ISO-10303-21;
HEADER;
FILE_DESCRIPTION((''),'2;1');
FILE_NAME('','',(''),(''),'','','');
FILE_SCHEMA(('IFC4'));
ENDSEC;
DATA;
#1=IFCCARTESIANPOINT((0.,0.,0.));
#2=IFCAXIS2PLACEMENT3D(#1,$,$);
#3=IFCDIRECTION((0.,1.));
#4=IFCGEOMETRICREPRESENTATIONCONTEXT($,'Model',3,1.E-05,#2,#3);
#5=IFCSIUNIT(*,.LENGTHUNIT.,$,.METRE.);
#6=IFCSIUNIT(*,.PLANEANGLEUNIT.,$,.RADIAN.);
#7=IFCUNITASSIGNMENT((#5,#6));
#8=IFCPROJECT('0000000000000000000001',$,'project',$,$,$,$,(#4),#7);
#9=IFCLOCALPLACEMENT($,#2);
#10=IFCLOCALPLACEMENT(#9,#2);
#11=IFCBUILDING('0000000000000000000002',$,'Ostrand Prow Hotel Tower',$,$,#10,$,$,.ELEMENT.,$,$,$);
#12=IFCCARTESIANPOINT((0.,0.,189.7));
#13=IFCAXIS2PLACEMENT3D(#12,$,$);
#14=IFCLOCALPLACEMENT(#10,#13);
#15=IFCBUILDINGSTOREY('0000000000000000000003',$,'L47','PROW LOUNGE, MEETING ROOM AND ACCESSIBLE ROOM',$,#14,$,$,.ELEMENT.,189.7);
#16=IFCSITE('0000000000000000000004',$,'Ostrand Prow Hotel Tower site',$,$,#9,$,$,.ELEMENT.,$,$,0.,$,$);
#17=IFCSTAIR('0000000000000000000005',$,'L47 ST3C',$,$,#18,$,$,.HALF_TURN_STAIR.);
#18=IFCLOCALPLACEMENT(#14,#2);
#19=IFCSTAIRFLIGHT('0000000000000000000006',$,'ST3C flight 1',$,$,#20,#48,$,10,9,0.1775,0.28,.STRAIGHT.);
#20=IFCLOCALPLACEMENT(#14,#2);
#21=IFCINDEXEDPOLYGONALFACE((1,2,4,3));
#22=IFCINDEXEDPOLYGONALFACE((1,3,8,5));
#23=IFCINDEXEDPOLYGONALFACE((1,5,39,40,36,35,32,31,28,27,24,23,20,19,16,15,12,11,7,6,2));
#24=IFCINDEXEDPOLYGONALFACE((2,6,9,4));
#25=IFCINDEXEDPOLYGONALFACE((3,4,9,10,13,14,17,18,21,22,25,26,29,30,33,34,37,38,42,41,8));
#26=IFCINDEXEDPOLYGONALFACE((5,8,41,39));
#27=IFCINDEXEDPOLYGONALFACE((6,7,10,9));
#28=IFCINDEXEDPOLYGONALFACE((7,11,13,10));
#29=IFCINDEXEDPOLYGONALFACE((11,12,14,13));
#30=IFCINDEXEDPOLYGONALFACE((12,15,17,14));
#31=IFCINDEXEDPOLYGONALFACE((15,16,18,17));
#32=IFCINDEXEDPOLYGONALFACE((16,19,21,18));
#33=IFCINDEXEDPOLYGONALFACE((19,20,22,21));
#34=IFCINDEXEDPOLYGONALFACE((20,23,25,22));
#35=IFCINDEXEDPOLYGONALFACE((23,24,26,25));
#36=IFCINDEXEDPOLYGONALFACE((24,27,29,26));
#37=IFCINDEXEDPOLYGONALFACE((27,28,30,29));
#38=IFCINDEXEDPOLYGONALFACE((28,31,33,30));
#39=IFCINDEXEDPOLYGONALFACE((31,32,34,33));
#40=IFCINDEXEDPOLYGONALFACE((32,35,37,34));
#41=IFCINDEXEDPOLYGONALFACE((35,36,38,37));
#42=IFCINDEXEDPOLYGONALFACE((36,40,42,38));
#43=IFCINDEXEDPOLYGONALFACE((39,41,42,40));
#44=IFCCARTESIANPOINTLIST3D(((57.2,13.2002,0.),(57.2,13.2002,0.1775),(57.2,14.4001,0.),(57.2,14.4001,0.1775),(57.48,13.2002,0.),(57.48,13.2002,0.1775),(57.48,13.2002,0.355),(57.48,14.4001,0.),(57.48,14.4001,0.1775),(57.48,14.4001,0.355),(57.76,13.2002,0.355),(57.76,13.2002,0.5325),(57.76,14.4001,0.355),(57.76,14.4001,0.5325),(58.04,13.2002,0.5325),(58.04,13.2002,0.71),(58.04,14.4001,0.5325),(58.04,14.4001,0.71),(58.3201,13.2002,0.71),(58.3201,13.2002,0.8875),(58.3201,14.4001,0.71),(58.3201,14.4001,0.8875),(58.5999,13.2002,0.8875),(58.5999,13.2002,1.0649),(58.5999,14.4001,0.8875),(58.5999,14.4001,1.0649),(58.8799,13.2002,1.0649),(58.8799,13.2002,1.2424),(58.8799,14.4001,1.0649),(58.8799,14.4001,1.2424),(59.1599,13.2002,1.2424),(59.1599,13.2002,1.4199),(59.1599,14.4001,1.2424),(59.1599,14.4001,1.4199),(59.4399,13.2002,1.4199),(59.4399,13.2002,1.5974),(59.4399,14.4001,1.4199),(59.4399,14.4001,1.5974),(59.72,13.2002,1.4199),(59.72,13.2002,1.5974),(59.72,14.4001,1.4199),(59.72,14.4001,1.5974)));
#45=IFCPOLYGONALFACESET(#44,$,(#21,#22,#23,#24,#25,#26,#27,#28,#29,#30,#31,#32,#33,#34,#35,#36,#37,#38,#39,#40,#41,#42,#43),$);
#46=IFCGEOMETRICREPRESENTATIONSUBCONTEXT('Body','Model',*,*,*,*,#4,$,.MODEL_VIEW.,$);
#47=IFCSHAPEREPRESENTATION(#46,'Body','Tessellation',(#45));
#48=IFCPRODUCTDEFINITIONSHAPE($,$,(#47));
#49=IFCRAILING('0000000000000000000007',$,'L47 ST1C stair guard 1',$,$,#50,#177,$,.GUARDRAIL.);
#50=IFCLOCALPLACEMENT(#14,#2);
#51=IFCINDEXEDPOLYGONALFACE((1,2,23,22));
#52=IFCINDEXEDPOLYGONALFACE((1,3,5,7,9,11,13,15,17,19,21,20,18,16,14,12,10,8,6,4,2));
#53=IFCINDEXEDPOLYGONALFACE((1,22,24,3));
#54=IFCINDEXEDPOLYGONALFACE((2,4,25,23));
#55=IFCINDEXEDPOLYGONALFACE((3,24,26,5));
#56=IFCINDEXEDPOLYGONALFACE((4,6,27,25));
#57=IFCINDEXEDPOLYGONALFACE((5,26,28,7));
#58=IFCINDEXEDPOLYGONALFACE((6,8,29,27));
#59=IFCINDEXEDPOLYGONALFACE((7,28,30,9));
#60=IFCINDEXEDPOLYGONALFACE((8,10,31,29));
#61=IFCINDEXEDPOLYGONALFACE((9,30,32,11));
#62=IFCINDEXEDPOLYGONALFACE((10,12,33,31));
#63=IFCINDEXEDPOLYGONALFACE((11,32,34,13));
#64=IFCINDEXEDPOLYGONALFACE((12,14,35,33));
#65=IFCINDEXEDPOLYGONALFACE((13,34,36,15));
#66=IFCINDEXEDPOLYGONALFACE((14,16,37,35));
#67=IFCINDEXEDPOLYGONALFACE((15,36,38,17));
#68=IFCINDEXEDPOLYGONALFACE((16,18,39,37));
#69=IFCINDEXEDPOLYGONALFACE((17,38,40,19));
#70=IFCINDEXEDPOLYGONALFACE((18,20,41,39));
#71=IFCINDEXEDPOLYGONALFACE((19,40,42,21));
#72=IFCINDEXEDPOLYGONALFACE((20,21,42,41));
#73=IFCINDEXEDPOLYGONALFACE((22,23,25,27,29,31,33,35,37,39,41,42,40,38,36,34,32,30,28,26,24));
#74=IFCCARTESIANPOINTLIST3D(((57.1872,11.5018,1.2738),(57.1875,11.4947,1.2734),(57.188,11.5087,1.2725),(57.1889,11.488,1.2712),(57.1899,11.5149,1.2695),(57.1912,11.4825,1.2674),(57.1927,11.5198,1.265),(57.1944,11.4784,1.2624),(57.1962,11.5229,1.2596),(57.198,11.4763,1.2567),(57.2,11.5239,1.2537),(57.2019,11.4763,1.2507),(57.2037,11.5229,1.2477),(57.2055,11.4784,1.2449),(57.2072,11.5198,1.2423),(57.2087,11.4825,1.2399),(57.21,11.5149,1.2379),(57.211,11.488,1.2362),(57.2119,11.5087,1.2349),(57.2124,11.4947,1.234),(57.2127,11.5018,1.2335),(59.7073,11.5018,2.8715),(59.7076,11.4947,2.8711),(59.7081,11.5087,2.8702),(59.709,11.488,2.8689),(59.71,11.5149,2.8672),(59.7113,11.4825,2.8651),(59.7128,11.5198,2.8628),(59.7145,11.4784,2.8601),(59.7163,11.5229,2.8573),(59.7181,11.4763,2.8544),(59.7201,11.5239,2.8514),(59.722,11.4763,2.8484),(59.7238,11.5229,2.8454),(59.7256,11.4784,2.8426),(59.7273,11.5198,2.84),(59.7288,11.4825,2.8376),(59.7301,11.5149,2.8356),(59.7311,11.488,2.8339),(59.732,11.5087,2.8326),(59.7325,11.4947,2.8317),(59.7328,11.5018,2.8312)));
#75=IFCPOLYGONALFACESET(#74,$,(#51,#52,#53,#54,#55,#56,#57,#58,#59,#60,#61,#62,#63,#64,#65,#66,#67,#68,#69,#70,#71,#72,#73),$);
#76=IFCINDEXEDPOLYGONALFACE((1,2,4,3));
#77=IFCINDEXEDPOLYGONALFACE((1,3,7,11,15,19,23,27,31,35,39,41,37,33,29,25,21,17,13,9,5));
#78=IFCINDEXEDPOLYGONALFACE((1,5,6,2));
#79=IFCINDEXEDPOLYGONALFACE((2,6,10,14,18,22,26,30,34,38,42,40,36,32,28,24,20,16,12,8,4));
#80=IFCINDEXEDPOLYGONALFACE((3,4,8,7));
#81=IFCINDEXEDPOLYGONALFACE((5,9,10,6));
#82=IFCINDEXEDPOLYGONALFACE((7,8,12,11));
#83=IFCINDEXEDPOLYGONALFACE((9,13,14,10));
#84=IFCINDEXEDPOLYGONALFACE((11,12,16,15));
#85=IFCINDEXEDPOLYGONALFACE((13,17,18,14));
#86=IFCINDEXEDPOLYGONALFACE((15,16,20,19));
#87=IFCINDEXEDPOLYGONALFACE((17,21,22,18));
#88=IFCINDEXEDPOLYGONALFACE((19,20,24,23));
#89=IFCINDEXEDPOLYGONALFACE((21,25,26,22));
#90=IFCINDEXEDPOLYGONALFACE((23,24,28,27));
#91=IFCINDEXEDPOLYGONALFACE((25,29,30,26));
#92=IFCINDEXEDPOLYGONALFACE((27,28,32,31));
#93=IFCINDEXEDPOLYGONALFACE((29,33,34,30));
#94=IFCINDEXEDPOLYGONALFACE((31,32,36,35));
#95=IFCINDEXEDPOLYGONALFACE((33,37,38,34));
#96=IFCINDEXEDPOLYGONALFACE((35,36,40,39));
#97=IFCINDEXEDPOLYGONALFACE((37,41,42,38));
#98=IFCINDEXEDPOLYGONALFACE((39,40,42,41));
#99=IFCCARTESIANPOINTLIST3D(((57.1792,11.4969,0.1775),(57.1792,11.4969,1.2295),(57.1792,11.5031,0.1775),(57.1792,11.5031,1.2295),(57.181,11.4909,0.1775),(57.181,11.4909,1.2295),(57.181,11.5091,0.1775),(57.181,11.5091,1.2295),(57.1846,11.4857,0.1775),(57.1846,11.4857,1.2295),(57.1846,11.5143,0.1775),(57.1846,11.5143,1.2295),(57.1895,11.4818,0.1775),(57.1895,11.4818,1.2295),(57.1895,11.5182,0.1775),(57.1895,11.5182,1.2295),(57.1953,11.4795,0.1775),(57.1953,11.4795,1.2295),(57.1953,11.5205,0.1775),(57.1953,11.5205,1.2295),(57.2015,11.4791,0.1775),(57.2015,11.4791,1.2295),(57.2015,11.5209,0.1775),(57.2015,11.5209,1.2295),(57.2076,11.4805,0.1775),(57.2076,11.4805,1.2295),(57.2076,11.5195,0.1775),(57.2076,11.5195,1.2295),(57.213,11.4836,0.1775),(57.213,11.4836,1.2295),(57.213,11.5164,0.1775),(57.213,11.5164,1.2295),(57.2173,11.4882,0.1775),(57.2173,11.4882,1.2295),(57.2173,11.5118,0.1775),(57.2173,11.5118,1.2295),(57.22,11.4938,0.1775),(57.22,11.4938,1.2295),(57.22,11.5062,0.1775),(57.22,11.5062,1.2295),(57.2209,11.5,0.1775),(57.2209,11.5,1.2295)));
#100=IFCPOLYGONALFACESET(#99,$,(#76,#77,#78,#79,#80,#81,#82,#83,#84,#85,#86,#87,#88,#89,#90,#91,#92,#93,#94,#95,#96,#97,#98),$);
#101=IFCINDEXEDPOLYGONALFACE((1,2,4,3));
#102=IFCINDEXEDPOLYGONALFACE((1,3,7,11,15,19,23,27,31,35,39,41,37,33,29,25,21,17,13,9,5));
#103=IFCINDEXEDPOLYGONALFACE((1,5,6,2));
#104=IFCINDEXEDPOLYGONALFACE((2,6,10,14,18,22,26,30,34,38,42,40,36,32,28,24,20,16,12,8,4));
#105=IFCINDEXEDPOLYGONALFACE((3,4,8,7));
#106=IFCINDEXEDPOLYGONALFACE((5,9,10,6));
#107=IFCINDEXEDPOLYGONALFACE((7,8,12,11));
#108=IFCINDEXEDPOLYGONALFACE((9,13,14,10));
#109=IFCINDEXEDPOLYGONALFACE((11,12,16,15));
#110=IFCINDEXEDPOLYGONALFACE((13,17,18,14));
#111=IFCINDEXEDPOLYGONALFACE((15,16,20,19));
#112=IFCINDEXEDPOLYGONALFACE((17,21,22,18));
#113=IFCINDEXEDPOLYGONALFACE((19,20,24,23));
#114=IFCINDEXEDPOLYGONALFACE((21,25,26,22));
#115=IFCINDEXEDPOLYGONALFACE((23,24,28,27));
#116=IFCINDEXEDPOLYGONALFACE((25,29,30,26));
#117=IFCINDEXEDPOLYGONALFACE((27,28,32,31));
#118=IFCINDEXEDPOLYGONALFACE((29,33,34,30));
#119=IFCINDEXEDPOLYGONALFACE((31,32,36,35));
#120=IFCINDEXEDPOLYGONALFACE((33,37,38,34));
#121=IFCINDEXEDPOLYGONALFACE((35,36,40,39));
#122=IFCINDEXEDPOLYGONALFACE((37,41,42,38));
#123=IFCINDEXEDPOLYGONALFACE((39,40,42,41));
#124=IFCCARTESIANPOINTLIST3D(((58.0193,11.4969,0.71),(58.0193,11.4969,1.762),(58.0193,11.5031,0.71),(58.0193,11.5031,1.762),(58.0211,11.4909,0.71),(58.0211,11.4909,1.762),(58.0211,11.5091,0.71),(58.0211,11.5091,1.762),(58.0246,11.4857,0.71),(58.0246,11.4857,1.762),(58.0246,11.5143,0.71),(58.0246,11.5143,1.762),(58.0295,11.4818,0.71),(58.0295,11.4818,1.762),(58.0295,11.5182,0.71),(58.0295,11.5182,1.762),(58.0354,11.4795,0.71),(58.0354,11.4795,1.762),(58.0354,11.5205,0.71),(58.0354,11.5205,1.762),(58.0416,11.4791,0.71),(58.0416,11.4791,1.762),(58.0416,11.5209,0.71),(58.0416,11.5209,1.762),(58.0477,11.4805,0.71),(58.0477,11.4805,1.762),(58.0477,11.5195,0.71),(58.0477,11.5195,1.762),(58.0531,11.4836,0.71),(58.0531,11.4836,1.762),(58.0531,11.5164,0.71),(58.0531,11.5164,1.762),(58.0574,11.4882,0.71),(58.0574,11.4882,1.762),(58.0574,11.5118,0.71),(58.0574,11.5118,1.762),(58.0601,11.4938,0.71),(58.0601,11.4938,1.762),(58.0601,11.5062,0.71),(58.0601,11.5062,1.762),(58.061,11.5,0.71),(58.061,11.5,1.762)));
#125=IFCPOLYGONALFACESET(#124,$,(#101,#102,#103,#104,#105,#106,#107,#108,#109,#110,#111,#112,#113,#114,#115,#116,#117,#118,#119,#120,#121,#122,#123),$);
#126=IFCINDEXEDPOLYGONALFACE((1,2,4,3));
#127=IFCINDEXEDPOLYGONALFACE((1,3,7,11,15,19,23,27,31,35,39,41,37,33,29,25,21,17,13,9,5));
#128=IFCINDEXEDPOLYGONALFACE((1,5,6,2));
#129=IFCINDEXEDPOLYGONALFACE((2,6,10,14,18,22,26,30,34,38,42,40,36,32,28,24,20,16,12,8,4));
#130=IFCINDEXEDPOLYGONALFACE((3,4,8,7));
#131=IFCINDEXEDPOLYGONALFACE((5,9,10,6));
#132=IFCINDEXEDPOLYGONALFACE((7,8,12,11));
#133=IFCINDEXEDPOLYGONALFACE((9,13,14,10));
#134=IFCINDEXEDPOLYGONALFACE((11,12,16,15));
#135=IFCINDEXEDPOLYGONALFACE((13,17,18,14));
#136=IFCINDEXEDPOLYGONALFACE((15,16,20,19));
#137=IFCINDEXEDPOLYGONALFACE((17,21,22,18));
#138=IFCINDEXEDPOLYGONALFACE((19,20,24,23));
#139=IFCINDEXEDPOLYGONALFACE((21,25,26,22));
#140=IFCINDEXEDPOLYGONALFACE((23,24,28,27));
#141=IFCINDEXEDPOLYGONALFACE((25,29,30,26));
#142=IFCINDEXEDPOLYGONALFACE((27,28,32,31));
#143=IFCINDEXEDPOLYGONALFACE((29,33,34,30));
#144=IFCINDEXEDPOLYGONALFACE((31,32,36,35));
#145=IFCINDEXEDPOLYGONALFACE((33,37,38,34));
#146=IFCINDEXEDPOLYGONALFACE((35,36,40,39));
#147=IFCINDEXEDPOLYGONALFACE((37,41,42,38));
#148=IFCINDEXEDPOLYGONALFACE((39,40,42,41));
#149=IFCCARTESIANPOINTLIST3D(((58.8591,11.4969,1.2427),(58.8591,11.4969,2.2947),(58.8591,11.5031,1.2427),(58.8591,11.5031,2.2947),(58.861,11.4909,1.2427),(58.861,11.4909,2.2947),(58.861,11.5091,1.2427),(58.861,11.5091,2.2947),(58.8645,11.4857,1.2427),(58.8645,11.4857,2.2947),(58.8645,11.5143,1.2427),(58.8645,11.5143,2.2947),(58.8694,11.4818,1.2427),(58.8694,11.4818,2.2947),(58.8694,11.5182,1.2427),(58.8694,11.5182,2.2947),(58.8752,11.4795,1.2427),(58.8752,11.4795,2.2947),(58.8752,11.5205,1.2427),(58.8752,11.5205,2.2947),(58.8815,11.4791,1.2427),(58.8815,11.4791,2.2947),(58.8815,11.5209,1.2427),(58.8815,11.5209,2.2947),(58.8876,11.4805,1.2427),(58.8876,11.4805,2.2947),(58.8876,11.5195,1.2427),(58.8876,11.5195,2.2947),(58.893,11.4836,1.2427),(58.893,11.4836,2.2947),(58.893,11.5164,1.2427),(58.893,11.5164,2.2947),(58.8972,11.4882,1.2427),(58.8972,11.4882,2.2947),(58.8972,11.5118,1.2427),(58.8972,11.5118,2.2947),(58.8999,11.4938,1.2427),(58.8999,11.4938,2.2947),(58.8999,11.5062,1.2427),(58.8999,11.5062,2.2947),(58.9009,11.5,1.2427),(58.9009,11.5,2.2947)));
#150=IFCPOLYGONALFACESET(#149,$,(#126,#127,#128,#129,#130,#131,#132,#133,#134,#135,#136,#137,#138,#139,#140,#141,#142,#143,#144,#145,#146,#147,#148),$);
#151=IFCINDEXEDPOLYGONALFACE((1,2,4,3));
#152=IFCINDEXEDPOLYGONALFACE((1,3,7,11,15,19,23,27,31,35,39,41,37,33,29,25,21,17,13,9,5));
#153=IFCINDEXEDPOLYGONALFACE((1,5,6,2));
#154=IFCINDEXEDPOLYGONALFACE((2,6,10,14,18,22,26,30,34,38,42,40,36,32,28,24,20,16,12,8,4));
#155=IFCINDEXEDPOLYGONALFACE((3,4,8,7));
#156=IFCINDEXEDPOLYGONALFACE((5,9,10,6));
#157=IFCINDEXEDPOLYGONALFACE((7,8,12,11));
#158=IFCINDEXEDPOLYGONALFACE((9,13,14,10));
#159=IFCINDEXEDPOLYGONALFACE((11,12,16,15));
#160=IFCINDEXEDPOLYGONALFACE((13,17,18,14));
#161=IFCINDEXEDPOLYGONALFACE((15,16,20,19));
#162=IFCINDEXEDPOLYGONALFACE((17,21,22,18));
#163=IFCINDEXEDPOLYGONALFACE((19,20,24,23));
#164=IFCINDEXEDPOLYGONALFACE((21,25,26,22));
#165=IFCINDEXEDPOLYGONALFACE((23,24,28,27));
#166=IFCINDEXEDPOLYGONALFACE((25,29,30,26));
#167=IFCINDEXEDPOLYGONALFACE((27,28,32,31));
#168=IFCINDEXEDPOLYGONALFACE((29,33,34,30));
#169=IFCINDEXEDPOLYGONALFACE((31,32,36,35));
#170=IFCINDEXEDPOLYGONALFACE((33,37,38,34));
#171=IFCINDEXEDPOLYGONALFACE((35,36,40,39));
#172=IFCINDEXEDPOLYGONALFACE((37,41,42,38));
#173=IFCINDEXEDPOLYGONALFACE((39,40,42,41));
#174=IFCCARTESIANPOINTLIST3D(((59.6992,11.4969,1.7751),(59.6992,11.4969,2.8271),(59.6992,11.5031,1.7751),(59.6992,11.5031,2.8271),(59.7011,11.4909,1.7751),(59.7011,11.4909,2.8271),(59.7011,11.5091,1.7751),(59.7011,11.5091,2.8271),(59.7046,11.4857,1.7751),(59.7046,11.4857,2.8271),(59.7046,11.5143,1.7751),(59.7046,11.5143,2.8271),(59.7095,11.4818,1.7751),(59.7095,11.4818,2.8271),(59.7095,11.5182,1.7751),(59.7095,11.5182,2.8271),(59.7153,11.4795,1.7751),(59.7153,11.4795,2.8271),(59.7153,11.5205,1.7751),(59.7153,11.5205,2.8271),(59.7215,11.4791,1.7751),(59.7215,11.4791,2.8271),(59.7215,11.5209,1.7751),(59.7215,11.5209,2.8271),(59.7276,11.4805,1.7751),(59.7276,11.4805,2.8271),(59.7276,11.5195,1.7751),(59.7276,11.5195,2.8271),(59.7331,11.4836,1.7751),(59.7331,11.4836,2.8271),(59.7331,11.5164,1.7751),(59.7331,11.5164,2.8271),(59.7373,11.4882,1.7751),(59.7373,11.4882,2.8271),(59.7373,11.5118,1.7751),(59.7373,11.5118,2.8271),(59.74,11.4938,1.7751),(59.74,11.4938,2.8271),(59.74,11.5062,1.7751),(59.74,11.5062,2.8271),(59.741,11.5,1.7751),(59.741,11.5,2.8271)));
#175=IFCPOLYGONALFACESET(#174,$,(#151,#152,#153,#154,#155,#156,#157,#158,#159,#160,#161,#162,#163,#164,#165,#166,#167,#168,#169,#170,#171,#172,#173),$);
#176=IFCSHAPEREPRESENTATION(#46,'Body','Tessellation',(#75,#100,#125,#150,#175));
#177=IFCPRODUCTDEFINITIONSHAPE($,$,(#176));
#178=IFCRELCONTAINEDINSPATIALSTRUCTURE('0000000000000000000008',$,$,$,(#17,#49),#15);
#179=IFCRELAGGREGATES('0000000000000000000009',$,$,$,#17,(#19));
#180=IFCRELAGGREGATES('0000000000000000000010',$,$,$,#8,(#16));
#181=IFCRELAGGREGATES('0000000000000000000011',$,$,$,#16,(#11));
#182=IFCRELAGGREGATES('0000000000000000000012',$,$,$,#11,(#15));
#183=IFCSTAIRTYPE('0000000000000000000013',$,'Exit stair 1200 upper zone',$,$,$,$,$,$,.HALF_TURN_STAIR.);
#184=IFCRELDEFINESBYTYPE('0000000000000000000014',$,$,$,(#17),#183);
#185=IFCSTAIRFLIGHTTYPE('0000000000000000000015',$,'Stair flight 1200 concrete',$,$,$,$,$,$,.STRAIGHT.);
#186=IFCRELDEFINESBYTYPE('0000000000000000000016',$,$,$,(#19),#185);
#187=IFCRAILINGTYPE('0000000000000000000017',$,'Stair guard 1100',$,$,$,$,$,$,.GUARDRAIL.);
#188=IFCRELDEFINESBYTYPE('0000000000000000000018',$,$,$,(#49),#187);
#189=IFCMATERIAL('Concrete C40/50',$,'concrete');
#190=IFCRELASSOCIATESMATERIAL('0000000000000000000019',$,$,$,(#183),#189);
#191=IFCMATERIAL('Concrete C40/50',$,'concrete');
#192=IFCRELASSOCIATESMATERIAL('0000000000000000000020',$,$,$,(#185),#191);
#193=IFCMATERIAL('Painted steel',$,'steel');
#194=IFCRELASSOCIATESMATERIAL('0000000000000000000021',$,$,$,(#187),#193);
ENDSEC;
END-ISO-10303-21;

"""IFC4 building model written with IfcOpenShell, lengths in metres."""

from ifc_helpers import new_model, si_unit, direction, frame, origin, origin_2d, place, context, subcontext, project, spatial, polyline, circle, outline, extrude, material, type_object, element, aggregate, save


model = new_model("IFC4")

# Units and contexts
model_context = context("Model", 3, precision=1e-05, world=origin(), true_north=direction((0.0, 1.0)))
body_context = subcontext(model_context, "Body", "Model", "MODEL_VIEW")
ifc_project = project(units=[si_unit("LENGTHUNIT", "METRE"), si_unit("PLANEANGLEUNIT", "RADIAN")], contexts=[model_context])

# Site, building, storey
site_placement = place(None, origin())
site = spatial("IfcSite", under=ifc_project, at=site_placement, Name="Ostrand Prow Hotel Tower site", CompositionType="ELEMENT", RefElevation=0.0)
building_placement = place(site_placement, origin())
building = spatial("IfcBuilding", under=site, at=building_placement, Name="Ostrand Prow Hotel Tower", CompositionType="ELEMENT")
storey_placement = place(building_placement, frame((0.0, 0.0, 189.7)))
storey = spatial("IfcBuildingStorey", under=building, at=storey_placement, Name="L47", Description="PROW LOUNGE, MEETING ROOM AND ACCESSIBLE ROOM", CompositionType="ELEMENT", Elevation=189.7)

# Shared definitions
ifc_material_1 = material(Name="Concrete C40/50", Category="concrete")
stair_type = type_object("IfcStairType", Name="Exit stair 1200 upper zone", PredefinedType="HALF_TURN_STAIR", material=ifc_material_1)
ifc_material_2 = material(Name="Concrete C40/50", Category="concrete")
stair_flight_type = type_object("IfcStairFlightType", Name="Stair flight 1200 concrete", PredefinedType="STRAIGHT", material=ifc_material_2)

# Stair, stair flight
stair_1_placement = place(storey_placement, origin())
stair_1 = element("IfcStair", 1, at=stair_1_placement, inside=storey, type_object=stair_type, Name="L47 ST3C", PredefinedType="HALF_TURN_STAIR")
stair_flight_1_placement = place(storey_placement, frame((57.2, 13.8, 0.0), z_axis=(0.0, 0.0, 1.0), x_axis=(1.0, 0.0, 0.0)))
stair_flight_1 = element("IfcStairFlight", 2, at=stair_flight_1_placement, type_object=stair_flight_type, Name="ST3C flight 1", NumberOfRisers=10, NumberOfTreads=9, PredefinedType="STRAIGHT", RiserHeight=0.1775, TreadLength=0.28, context=body_context, shape_type="SweptSolid", body=[
    extrude(outline(polyline([(0.0, 0.0), (0.0, 0.1775), (0.28, 0.1775), (0.28, 0.355), (0.5601, 0.355), (0.5601, 0.5325), (0.8401, 0.5325), (0.8401, 0.71), (1.1201, 0.71), (1.1201, 0.8875), (1.3999, 0.8875), (1.3999, 1.0649), (1.6799, 1.0649), (1.6799, 1.2424), (1.96, 1.2424), (1.96, 1.4199), (2.24, 1.4199), (2.24, 1.5974), (2.52, 1.5974), (2.52, 1.7749), (2.52, 1.4199), (0.28, 0.0), (0.0, 0.0)])), frame((0.0, 0.6001, 0.0), z_axis=(0.0, -1.0, 0.0), x_axis=(1.0, 0.0, 0.0)), (0.0, 0.0, 1.0), 1.2),
])
aggregate(stair_1, [stair_flight_1])

# Railing
ifc_material_3 = material(Name="Painted steel", Category="steel")
railing_type_1 = type_object("IfcRailingType", Name="Stair guard 1100", PredefinedType="GUARDRAIL", material=ifc_material_3)
railing_1_placement = place(storey_placement, frame((57.2, 11.5, 0.1775)))
element("IfcRailing", 3, at=railing_1_placement, inside=storey, type_object=railing_type_1, Name="L47 ST1C stair guard 1", PredefinedType="GUARDRAIL", context=body_context, shape_type="SweptSolid", body=[
    extrude(circle(Radius=0.0239, at=origin_2d()), frame((0.0, 0.0, 1.0762), z_axis=(0.84457, 0.0, 0.535445), x_axis=(0.0, 1.0, 0.0)), (0.0, 0.0, 1.0), 2.9839),
    extrude(circle(Radius=0.021, at=origin_2d()), origin(), (0.0, 0.0, 1.0), 1.052),
    extrude(circle(Radius=0.021, at=origin_2d()), frame((0.8401, 0.0, 0.5325)), (0.0, 0.0, 1.0), 1.052),
    extrude(circle(Radius=0.021, at=origin_2d()), frame((1.6799, 0.0, 1.0652)), (0.0, 0.0, 1.0), 1.052),
    extrude(circle(Radius=0.021, at=origin_2d()), frame((2.52, 0.0, 1.5977)), (0.0, 0.0, 1.0), 1.052),
])

save(model, "model.ifc")
